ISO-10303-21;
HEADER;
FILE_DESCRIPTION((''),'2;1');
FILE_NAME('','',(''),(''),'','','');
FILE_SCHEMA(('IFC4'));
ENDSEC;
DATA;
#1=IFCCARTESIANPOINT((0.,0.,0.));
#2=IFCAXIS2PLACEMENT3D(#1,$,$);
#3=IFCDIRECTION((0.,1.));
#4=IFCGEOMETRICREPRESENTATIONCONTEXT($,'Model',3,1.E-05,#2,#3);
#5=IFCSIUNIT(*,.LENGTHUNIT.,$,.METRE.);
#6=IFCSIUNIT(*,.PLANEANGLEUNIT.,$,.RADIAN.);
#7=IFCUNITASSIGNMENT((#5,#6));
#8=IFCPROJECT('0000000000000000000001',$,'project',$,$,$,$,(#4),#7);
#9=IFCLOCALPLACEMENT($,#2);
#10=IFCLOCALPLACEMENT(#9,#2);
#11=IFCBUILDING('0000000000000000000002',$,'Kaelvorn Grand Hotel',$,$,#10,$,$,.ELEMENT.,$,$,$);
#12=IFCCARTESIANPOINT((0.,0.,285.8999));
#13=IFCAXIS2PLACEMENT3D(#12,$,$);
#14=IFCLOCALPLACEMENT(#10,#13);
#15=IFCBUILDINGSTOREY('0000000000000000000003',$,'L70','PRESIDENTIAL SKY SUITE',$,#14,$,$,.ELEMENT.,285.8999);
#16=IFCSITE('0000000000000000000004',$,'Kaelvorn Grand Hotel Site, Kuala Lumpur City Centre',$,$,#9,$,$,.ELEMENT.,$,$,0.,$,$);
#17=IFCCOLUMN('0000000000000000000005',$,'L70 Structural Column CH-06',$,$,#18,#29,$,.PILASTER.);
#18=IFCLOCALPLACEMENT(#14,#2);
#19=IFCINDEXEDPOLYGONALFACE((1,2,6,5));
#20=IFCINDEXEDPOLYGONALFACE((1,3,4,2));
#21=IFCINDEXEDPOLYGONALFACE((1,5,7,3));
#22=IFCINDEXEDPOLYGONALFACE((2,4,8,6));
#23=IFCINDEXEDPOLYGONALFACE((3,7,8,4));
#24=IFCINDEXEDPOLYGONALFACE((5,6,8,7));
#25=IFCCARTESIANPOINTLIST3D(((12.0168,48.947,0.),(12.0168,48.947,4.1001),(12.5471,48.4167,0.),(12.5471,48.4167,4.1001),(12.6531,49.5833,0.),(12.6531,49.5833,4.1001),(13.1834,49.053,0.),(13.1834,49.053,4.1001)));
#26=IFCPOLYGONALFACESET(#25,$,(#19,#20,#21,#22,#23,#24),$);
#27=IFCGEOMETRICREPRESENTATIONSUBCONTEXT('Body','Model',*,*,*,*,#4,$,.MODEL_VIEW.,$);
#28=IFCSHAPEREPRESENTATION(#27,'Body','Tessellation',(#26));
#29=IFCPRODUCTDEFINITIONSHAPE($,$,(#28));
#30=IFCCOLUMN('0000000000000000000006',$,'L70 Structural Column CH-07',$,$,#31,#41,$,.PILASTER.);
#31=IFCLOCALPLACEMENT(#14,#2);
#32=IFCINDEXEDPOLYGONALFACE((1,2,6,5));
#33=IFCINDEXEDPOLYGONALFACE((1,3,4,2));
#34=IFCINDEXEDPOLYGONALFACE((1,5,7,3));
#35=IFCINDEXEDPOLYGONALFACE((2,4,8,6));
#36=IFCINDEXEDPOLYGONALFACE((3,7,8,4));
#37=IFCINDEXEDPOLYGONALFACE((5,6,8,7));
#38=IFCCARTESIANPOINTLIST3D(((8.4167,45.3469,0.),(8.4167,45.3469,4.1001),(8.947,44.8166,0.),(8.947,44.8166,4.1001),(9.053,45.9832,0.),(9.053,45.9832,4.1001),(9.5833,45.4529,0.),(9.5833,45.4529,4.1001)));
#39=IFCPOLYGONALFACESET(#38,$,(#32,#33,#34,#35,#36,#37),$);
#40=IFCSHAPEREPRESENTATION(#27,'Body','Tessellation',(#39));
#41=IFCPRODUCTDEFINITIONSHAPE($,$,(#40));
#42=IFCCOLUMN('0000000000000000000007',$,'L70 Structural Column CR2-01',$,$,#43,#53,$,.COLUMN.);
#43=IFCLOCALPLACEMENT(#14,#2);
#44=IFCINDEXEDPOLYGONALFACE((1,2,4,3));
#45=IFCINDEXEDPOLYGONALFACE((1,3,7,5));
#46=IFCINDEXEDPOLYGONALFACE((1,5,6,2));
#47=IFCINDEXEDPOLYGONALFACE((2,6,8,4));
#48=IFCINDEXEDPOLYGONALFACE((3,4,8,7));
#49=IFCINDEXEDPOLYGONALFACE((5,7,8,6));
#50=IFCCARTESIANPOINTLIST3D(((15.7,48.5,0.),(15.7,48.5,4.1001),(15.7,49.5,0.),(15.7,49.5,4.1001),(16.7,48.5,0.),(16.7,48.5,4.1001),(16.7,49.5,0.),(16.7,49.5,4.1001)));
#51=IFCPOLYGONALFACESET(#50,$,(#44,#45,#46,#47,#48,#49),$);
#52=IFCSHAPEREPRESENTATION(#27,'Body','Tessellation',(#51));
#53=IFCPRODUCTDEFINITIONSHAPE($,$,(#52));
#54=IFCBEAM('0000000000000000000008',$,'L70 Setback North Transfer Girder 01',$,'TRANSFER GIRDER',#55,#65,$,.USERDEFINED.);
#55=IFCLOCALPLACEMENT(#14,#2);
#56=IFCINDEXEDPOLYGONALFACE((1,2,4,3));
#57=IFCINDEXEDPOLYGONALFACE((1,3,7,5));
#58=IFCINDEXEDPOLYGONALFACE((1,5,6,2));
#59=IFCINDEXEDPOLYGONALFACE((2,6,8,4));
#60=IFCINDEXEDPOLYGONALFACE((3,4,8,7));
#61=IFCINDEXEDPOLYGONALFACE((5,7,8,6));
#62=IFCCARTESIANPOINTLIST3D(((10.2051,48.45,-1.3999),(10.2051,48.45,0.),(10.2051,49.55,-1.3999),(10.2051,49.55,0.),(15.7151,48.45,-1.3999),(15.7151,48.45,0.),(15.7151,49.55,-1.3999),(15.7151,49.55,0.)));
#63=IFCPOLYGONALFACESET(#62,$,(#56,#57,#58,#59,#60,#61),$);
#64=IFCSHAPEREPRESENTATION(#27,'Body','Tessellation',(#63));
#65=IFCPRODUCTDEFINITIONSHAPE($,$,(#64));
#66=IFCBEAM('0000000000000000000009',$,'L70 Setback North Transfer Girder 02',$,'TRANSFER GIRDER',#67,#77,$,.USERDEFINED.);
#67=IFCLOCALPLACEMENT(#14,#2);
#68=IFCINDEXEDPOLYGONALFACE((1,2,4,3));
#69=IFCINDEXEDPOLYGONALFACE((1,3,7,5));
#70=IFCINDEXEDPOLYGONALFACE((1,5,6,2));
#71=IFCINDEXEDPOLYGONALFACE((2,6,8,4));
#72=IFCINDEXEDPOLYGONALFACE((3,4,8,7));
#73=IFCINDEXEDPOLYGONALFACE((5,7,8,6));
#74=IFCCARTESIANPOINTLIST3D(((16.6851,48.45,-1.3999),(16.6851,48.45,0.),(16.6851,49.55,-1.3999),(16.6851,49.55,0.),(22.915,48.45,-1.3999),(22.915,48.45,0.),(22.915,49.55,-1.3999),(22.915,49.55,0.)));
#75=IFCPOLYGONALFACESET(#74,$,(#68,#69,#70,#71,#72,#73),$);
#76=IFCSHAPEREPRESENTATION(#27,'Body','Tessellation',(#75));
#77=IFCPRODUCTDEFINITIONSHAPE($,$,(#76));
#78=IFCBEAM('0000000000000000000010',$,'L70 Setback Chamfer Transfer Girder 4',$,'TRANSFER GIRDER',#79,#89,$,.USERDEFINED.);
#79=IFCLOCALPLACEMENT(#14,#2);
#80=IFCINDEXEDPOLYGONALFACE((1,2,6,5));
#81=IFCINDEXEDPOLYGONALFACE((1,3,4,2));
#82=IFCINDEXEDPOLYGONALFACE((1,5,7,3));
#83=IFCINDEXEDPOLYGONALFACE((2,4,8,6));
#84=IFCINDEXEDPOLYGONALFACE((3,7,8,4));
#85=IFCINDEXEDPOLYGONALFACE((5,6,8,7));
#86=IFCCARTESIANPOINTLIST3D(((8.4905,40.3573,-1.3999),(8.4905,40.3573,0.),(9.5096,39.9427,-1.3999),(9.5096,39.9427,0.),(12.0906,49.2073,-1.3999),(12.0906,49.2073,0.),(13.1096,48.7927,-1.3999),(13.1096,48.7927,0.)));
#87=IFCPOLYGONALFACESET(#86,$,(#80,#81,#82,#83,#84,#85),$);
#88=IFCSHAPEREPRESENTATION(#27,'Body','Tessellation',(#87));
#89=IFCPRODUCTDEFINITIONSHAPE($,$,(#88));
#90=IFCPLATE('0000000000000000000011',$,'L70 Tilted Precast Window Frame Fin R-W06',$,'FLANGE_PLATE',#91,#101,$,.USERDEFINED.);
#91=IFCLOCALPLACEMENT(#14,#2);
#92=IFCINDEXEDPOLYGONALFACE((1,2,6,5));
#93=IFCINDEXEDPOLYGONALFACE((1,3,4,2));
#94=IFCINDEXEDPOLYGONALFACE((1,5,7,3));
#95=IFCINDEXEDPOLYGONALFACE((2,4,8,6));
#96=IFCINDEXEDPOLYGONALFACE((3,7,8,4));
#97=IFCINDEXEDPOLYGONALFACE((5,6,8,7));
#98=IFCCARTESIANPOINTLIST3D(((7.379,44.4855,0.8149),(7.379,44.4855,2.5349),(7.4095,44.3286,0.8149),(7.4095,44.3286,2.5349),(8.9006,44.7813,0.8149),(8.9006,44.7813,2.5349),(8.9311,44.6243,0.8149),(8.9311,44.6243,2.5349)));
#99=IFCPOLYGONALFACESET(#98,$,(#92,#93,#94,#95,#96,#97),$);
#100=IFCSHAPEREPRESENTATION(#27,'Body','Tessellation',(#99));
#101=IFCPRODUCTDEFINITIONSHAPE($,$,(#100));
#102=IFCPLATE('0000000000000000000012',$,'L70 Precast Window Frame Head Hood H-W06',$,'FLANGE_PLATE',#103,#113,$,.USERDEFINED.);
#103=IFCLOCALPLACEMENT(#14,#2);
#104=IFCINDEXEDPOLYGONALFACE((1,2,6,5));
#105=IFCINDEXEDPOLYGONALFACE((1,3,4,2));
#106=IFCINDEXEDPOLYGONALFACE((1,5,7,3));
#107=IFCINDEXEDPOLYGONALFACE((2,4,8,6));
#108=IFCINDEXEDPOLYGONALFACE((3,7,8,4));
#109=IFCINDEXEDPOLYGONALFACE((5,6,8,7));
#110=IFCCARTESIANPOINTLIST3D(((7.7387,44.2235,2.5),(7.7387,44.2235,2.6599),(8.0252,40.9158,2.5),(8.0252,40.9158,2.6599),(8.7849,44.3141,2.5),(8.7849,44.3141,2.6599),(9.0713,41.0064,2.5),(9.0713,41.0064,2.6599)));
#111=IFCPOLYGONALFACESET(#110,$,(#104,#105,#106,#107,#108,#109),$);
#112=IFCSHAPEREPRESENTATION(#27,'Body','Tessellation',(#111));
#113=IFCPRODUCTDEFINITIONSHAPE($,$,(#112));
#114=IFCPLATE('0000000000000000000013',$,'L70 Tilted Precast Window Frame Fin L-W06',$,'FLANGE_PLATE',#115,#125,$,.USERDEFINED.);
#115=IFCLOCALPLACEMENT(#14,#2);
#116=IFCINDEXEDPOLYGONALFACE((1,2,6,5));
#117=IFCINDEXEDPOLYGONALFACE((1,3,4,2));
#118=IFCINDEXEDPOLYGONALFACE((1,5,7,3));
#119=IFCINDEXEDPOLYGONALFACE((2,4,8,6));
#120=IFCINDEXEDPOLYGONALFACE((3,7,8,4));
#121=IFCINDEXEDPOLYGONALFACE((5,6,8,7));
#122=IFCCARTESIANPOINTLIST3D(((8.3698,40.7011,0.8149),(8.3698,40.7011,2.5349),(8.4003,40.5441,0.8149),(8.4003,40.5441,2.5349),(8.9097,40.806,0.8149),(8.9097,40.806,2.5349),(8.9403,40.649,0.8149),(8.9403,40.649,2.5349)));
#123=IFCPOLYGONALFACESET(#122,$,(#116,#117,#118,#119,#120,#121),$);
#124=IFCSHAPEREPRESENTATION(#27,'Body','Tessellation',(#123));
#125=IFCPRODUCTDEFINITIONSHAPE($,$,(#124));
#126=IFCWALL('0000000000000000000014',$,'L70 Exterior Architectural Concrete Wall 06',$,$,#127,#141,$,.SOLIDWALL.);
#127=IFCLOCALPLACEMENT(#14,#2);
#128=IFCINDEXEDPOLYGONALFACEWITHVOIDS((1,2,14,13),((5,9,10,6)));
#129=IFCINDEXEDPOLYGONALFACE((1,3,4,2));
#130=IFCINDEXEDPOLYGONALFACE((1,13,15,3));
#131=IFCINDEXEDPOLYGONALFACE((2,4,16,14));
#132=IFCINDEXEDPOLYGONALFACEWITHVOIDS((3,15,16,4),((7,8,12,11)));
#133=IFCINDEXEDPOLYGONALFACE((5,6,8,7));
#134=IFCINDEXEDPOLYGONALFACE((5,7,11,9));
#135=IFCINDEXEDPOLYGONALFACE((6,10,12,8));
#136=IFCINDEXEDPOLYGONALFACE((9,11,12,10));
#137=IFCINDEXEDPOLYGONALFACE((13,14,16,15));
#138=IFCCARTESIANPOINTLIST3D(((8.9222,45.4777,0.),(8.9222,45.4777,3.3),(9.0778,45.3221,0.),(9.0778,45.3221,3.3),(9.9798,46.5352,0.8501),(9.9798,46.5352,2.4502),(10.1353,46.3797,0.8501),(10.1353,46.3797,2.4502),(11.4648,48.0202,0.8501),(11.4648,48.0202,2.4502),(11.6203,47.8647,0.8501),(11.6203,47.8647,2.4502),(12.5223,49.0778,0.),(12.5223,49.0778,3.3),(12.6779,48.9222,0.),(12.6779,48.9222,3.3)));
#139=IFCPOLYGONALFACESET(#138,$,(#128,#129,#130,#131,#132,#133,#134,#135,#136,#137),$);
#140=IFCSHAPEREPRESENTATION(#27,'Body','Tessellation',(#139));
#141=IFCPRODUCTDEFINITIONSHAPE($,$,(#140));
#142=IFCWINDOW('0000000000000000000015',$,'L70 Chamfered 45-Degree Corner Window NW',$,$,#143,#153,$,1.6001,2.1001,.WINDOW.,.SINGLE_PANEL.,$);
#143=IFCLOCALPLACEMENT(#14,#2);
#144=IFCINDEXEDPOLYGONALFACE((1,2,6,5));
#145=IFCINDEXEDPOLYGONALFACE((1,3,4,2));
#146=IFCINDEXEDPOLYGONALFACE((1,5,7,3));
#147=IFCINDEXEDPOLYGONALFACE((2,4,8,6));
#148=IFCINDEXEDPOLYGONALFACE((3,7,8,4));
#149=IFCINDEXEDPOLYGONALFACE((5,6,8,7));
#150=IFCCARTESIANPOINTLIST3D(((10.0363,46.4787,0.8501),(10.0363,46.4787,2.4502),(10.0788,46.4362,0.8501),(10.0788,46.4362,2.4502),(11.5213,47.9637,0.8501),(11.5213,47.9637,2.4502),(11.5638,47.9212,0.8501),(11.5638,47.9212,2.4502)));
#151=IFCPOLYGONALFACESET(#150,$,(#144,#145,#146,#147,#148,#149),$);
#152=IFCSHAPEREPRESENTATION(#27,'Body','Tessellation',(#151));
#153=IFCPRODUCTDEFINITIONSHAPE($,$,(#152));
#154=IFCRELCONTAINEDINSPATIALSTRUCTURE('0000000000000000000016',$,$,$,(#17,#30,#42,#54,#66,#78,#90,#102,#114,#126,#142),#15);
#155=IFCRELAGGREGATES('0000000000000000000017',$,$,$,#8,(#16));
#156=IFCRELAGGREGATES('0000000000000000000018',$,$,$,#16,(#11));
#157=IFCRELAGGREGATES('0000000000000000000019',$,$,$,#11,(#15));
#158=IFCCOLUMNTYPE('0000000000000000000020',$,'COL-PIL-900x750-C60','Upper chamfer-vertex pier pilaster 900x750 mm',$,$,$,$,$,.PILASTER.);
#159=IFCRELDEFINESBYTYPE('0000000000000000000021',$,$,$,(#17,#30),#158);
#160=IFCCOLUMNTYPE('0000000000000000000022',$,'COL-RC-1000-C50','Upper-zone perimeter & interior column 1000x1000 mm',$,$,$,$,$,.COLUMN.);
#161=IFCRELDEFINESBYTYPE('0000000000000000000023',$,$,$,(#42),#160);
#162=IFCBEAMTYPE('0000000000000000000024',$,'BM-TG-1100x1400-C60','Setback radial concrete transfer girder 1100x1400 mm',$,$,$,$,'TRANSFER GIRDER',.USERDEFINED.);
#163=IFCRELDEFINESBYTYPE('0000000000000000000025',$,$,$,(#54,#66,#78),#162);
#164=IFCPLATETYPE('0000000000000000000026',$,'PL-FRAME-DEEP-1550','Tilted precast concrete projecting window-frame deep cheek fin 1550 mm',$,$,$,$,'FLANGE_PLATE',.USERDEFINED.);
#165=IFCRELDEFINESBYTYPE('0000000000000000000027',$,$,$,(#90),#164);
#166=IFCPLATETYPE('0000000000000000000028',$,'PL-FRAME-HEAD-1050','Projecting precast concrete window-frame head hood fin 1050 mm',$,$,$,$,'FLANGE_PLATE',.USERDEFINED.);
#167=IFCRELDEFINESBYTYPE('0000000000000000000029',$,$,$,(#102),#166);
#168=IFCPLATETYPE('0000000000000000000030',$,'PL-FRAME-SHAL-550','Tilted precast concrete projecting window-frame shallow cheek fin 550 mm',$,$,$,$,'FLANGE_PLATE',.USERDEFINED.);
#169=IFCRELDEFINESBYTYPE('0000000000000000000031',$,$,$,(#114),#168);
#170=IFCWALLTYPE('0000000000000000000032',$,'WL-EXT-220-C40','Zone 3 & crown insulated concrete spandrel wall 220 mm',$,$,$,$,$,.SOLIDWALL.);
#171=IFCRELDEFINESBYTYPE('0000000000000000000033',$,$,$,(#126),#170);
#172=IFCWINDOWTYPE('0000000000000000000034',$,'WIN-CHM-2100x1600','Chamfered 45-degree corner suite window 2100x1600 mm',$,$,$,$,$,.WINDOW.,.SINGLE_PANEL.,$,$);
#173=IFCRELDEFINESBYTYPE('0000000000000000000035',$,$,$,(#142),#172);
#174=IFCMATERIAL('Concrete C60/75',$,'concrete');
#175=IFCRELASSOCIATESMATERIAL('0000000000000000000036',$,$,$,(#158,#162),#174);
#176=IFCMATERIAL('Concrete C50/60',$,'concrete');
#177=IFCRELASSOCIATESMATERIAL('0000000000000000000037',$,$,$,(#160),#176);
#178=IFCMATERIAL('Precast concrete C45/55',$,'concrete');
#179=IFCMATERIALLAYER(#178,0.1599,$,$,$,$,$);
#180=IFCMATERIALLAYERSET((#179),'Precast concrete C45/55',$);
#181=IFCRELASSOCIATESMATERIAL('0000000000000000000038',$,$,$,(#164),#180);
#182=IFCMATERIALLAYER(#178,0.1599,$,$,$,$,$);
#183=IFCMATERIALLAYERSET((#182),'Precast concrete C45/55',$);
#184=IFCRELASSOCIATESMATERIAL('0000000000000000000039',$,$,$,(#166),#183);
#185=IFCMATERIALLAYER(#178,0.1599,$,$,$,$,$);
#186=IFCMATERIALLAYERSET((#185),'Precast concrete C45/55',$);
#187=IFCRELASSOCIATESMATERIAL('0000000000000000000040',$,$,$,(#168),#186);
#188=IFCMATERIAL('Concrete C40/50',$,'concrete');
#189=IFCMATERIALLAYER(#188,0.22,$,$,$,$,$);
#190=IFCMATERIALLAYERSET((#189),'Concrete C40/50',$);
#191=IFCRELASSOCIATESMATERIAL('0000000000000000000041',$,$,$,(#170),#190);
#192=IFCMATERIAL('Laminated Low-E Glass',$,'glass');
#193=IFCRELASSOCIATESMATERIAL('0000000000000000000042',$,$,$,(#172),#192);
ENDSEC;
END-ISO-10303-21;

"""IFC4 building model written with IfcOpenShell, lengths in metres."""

from ifc_helpers import new_model, si_unit, direction, frame, frame_2d, origin, origin_2d, place, context, subcontext, project, spatial, rectangle, extrude, material, layer, layer_set, material_profile, profile_set, type_object, element, fill, save


model = new_model("IFC4")

# Units and contexts
model_context = context("Model", 3, precision=1e-05, world=origin(), true_north=direction((0.0, 1.0)))
body_context = subcontext(model_context, "Body", "Model", "MODEL_VIEW")
ifc_project = project(units=[si_unit("LENGTHUNIT", "METRE"), si_unit("PLANEANGLEUNIT", "RADIAN")], contexts=[model_context])

# Site, building, storey
site_placement = place(None, origin())
site = spatial("IfcSite", under=ifc_project, at=site_placement, Name="Kaelvorn Grand Hotel Site, Kuala Lumpur City Centre", CompositionType="ELEMENT", RefElevation=0.0)
building_placement = place(site_placement, origin())
building = spatial("IfcBuilding", under=site, at=building_placement, Name="Kaelvorn Grand Hotel", CompositionType="ELEMENT")
storey_placement = place(building_placement, frame((0.0, 0.0, 285.8999)))
storey = spatial("IfcBuildingStorey", under=building, at=storey_placement, Name="L70", Description="PRESIDENTIAL SKY SUITE", CompositionType="ELEMENT", Elevation=285.8999)

# Columns
ifc_material_1 = material(Name="Concrete C60/75", Category="concrete")
ifc_material_profile_1 = material_profile(ifc_material_1, rectangle(XDim=0.8999, YDim=0.75, at=origin_2d()), Name="RC PILASTER 900x750")
ifc_profile_set_1 = profile_set([ifc_material_profile_1], Name="Concrete C60/75")
column_type_1 = type_object("IfcColumnType", Name="COL-PIL-900x750-C60", Description="Upper chamfer-vertex pier pilaster 900x750 mm", PredefinedType="PILASTER", material=ifc_profile_set_1)
for number, where, z_axis, x_axis, name in (
    (1, (12.6001, 49.0, 0.0), (0.0, 0.0, 1.0), (0.707107, 0.707107, 0.0), "L70 Structural Column CH-06"),
    (2, (9.0, 45.3999, 0.0), (0.0, 0.0, 1.0), (0.707107, 0.707107, 0.0), "L70 Structural Column CH-07"),
):
    element("IfcColumn", number, at=place(storey_placement, frame(where, z_axis=z_axis, x_axis=x_axis)), inside=storey, type_object=column_type_1, Name=name, PredefinedType="PILASTER", context=body_context, shape_type="SweptSolid", body=[
        extrude(rectangle(XDim=0.8999, YDim=0.75, at=origin_2d()), origin(), (0.0, 0.0, 1.0), 4.1001),
    ])
ifc_material_2 = material(Name="Concrete C50/60", Category="concrete")
ifc_material_profile_2 = material_profile(ifc_material_2, rectangle(XDim=1.0, YDim=1.0, at=origin_2d()), Name="RC COL 1000x1000")
ifc_profile_set_2 = profile_set([ifc_material_profile_2], Name="Concrete C50/60")
column_type_2 = type_object("IfcColumnType", Name="COL-RC-1000-C50", Description="Upper-zone perimeter & interior column 1000x1000 mm", PredefinedType="COLUMN", material=ifc_profile_set_2)
column_placement = place(storey_placement, frame((16.2, 49.0, 0.0), z_axis=(0.0, 0.0, 1.0), x_axis=(1.0, 0.0, 0.0)))
element("IfcColumn", 3, at=column_placement, inside=storey, type_object=column_type_2, Name="L70 Structural Column CR2-01", PredefinedType="COLUMN", context=body_context, shape_type="SweptSolid", body=[
    extrude(rectangle(XDim=1.0, YDim=1.0, at=origin_2d()), origin(), (0.0, 0.0, 1.0), 4.1001),
])

# Beams
ifc_material_profile_3 = material_profile(ifc_material_1, rectangle(XDim=1.1001, YDim=1.3999, at=origin_2d()), Name="RC TG 1100x1400")
ifc_profile_set_3 = profile_set([ifc_material_profile_3], Name="Concrete C60/75")
beam_type = type_object("IfcBeamType", Name="BM-TG-1100x1400-C60", Description="Setback radial concrete transfer girder 1100x1400 mm", ElementType="TRANSFER GIRDER", PredefinedType="USERDEFINED", material=ifc_profile_set_3)
beam_1_placement = place(storey_placement, frame((10.2051, 49.0, -0.7), z_axis=(1.0, 0.0, 0.0), x_axis=(0.0, 1.0, 0.0)))
element("IfcBeam", 4, at=beam_1_placement, inside=storey, type_object=beam_type, Name="L70 Setback North Transfer Girder 01", ObjectType="TRANSFER GIRDER", PredefinedType="USERDEFINED", context=body_context, shape_type="SweptSolid", body=[
    extrude(rectangle(XDim=1.1001, YDim=1.3999, at=origin_2d()), origin(), (0.0, 0.0, 1.0), 5.51),
])
beam_2_placement = place(storey_placement, frame((16.6851, 49.0, -0.7), z_axis=(1.0, 0.0, 0.0), x_axis=(0.0, 1.0, 0.0)))
element("IfcBeam", 5, at=beam_2_placement, inside=storey, type_object=beam_type, Name="L70 Setback North Transfer Girder 02", ObjectType="TRANSFER GIRDER", PredefinedType="USERDEFINED", context=body_context, shape_type="SweptSolid", body=[
    extrude(rectangle(XDim=1.1001, YDim=1.3999, at=origin_2d()), origin(), (0.0, 0.0, 1.0), 6.23),
])
beam_3_placement = place(storey_placement, frame((12.6001, 49.0, -0.7), z_axis=(-0.376803, -0.926293, 0.0), x_axis=(0.926293, -0.376803, 0.0)))
element("IfcBeam", 6, at=beam_3_placement, inside=storey, type_object=beam_type, Name="L70 Setback Chamfer Transfer Girder 4", ObjectType="TRANSFER GIRDER", PredefinedType="USERDEFINED", context=body_context, shape_type="SweptSolid", body=[
    extrude(rectangle(XDim=1.1001, YDim=1.3999, at=origin_2d()), origin(), (0.0, 0.0, 1.0), 9.5542),
])

# Plates
ifc_material_3 = material(Name="Precast concrete C45/55", Category="concrete")
ifc_layer_1 = layer(ifc_material_3, 0.1599)
ifc_layer_set_1 = layer_set([ifc_layer_1], Name="Precast concrete C45/55")
plate_type_1 = type_object("IfcPlateType", Name="PL-FRAME-DEEP-1550", Description="Tilted precast concrete projecting window-frame deep cheek fin 1550 mm", ElementType="FLANGE_PLATE", PredefinedType="USERDEFINED", material=ifc_layer_set_1)
plate_1_placement = place(storey_placement, frame((8.155, 44.5549, 0.8149), z_axis=(0.0, 0.0, 1.0), x_axis=(-0.190809, 0.981627, 0.0)))
element("IfcPlate", 7, at=plate_1_placement, inside=storey, type_object=plate_type_1, Name="L70 Tilted Precast Window Frame Fin R-W06", ObjectType="FLANGE_PLATE", PredefinedType="USERDEFINED", context=body_context, shape_type="SweptSolid", body=[
    extrude(rectangle(XDim=0.1599, YDim=1.55, at=origin_2d()), origin(), (0.0, 0.0, 1.0), 1.72),
])
ifc_layer_2 = layer(ifc_material_3, 0.1599)
ifc_layer_set_2 = layer_set([ifc_layer_2], Name="Precast concrete C45/55")
plate_type_2 = type_object("IfcPlateType", Name="PL-FRAME-HEAD-1050", Description="Projecting precast concrete window-frame head hood fin 1050 mm", ElementType="FLANGE_PLATE", PredefinedType="USERDEFINED", material=ifc_layer_set_2)
plate_2_placement = place(storey_placement, frame((8.405, 42.615, 2.5), z_axis=(0.0, 0.0, 1.0), x_axis=(-0.086286, 0.99627, 0.0)))
element("IfcPlate", 8, at=plate_2_placement, inside=storey, type_object=plate_type_2, Name="L70 Precast Window Frame Head Hood H-W06", ObjectType="FLANGE_PLATE", PredefinedType="USERDEFINED", context=body_context, shape_type="SweptSolid", body=[
    extrude(rectangle(XDim=3.3201, YDim=1.05, at=origin_2d()), origin(), (0.0, 0.0, 1.0), 0.1599),
])
ifc_layer_3 = layer(ifc_material_3, 0.1599)
ifc_layer_set_3 = layer_set([ifc_layer_3], Name="Precast concrete C45/55")
plate_type_3 = type_object("IfcPlateType", Name="PL-FRAME-SHAL-550", Description="Tilted precast concrete projecting window-frame shallow cheek fin 550 mm", ElementType="FLANGE_PLATE", PredefinedType="USERDEFINED", material=ifc_layer_set_3)
plate_3_placement = place(storey_placement, frame((8.655, 40.675, 0.8149), z_axis=(0.0, 0.0, 1.0), x_axis=(-0.190809, 0.981627, 0.0)))
element("IfcPlate", 9, at=plate_3_placement, inside=storey, type_object=plate_type_3, Name="L70 Tilted Precast Window Frame Fin L-W06", ObjectType="FLANGE_PLATE", PredefinedType="USERDEFINED", context=body_context, shape_type="SweptSolid", body=[
    extrude(rectangle(XDim=0.1599, YDim=0.55, at=origin_2d()), origin(), (0.0, 0.0, 1.0), 1.72),
])

# Wall, opening, window
ifc_material_4 = material(Name="Concrete C40/50", Category="concrete")
ifc_layer_4 = layer(ifc_material_4, 0.22)
ifc_layer_set_4 = layer_set([ifc_layer_4], Name="Concrete C40/50")
wall_type_1 = type_object("IfcWallType", Name="WL-EXT-220-C40", Description="Zone 3 & crown insulated concrete spandrel wall 220 mm", PredefinedType="SOLIDWALL", material=ifc_layer_set_4)
wall_1_placement = place(storey_placement, frame((12.6001, 49.0, 0.0), z_axis=(0.0, 0.0, 1.0), x_axis=(-0.707107, -0.707107, 0.0)))
wall_1 = element("IfcWall", 10, at=wall_1_placement, inside=storey, type_object=wall_type_1, Name="L70 Exterior Architectural Concrete Wall 06", PredefinedType="SOLIDWALL", context=body_context, shape_type="SweptSolid", body=[
    extrude(rectangle(XDim=5.0913, YDim=0.22, at=frame_2d((2.5457, 0.0))), origin(), (0.0, 0.0, 1.0), 3.3),
])
opening_1_placement = place(wall_1_placement, frame((1.4956, 0.0, 0.8501)))
opening_1 = element("IfcOpeningElement", 11, at=opening_1_placement, cuts=wall_1, PredefinedType="OPENING", context=body_context, shape_type="SweptSolid", body=[
    extrude(rectangle(XDim=2.1001, YDim=1.6001, at=frame_2d((1.05, 0.8))), frame((0.0, 0.1201, 0.0), z_axis=(0.0, -1.0, 0.0), x_axis=(1.0, 0.0, 0.0)), (0.0, 0.0, 1.0), 0.24),
])
ifc_material_5 = material(Name="Laminated Low-E Glass", Category="glass")
window_type_1 = type_object("IfcWindowType", Name="WIN-CHM-2100x1600", Description="Chamfered 45-degree corner suite window 2100x1600 mm", PartitioningType="SINGLE_PANEL", PredefinedType="WINDOW", material=ifc_material_5)
window_1_placement = place(opening_1_placement, origin())
window_1 = element("IfcWindow", 12, at=window_1_placement, inside=storey, type_object=window_type_1, Name="L70 Chamfered 45-Degree Corner Window NW", OverallHeight=1.6001, OverallWidth=2.1001, PartitioningType="SINGLE_PANEL", PredefinedType="WINDOW", context=body_context, shape_type="SweptSolid", body=[
    extrude(rectangle(XDim=2.1001, YDim=1.6001, at=frame_2d((1.05, 0.8))), frame((0.0, 0.03, 0.0), z_axis=(0.0, -1.0, 0.0), x_axis=(1.0, 0.0, 0.0)), (0.0, 0.0, 1.0), 0.0601),
])
fill(opening_1, window_1)

save(model, "model.ifc")
